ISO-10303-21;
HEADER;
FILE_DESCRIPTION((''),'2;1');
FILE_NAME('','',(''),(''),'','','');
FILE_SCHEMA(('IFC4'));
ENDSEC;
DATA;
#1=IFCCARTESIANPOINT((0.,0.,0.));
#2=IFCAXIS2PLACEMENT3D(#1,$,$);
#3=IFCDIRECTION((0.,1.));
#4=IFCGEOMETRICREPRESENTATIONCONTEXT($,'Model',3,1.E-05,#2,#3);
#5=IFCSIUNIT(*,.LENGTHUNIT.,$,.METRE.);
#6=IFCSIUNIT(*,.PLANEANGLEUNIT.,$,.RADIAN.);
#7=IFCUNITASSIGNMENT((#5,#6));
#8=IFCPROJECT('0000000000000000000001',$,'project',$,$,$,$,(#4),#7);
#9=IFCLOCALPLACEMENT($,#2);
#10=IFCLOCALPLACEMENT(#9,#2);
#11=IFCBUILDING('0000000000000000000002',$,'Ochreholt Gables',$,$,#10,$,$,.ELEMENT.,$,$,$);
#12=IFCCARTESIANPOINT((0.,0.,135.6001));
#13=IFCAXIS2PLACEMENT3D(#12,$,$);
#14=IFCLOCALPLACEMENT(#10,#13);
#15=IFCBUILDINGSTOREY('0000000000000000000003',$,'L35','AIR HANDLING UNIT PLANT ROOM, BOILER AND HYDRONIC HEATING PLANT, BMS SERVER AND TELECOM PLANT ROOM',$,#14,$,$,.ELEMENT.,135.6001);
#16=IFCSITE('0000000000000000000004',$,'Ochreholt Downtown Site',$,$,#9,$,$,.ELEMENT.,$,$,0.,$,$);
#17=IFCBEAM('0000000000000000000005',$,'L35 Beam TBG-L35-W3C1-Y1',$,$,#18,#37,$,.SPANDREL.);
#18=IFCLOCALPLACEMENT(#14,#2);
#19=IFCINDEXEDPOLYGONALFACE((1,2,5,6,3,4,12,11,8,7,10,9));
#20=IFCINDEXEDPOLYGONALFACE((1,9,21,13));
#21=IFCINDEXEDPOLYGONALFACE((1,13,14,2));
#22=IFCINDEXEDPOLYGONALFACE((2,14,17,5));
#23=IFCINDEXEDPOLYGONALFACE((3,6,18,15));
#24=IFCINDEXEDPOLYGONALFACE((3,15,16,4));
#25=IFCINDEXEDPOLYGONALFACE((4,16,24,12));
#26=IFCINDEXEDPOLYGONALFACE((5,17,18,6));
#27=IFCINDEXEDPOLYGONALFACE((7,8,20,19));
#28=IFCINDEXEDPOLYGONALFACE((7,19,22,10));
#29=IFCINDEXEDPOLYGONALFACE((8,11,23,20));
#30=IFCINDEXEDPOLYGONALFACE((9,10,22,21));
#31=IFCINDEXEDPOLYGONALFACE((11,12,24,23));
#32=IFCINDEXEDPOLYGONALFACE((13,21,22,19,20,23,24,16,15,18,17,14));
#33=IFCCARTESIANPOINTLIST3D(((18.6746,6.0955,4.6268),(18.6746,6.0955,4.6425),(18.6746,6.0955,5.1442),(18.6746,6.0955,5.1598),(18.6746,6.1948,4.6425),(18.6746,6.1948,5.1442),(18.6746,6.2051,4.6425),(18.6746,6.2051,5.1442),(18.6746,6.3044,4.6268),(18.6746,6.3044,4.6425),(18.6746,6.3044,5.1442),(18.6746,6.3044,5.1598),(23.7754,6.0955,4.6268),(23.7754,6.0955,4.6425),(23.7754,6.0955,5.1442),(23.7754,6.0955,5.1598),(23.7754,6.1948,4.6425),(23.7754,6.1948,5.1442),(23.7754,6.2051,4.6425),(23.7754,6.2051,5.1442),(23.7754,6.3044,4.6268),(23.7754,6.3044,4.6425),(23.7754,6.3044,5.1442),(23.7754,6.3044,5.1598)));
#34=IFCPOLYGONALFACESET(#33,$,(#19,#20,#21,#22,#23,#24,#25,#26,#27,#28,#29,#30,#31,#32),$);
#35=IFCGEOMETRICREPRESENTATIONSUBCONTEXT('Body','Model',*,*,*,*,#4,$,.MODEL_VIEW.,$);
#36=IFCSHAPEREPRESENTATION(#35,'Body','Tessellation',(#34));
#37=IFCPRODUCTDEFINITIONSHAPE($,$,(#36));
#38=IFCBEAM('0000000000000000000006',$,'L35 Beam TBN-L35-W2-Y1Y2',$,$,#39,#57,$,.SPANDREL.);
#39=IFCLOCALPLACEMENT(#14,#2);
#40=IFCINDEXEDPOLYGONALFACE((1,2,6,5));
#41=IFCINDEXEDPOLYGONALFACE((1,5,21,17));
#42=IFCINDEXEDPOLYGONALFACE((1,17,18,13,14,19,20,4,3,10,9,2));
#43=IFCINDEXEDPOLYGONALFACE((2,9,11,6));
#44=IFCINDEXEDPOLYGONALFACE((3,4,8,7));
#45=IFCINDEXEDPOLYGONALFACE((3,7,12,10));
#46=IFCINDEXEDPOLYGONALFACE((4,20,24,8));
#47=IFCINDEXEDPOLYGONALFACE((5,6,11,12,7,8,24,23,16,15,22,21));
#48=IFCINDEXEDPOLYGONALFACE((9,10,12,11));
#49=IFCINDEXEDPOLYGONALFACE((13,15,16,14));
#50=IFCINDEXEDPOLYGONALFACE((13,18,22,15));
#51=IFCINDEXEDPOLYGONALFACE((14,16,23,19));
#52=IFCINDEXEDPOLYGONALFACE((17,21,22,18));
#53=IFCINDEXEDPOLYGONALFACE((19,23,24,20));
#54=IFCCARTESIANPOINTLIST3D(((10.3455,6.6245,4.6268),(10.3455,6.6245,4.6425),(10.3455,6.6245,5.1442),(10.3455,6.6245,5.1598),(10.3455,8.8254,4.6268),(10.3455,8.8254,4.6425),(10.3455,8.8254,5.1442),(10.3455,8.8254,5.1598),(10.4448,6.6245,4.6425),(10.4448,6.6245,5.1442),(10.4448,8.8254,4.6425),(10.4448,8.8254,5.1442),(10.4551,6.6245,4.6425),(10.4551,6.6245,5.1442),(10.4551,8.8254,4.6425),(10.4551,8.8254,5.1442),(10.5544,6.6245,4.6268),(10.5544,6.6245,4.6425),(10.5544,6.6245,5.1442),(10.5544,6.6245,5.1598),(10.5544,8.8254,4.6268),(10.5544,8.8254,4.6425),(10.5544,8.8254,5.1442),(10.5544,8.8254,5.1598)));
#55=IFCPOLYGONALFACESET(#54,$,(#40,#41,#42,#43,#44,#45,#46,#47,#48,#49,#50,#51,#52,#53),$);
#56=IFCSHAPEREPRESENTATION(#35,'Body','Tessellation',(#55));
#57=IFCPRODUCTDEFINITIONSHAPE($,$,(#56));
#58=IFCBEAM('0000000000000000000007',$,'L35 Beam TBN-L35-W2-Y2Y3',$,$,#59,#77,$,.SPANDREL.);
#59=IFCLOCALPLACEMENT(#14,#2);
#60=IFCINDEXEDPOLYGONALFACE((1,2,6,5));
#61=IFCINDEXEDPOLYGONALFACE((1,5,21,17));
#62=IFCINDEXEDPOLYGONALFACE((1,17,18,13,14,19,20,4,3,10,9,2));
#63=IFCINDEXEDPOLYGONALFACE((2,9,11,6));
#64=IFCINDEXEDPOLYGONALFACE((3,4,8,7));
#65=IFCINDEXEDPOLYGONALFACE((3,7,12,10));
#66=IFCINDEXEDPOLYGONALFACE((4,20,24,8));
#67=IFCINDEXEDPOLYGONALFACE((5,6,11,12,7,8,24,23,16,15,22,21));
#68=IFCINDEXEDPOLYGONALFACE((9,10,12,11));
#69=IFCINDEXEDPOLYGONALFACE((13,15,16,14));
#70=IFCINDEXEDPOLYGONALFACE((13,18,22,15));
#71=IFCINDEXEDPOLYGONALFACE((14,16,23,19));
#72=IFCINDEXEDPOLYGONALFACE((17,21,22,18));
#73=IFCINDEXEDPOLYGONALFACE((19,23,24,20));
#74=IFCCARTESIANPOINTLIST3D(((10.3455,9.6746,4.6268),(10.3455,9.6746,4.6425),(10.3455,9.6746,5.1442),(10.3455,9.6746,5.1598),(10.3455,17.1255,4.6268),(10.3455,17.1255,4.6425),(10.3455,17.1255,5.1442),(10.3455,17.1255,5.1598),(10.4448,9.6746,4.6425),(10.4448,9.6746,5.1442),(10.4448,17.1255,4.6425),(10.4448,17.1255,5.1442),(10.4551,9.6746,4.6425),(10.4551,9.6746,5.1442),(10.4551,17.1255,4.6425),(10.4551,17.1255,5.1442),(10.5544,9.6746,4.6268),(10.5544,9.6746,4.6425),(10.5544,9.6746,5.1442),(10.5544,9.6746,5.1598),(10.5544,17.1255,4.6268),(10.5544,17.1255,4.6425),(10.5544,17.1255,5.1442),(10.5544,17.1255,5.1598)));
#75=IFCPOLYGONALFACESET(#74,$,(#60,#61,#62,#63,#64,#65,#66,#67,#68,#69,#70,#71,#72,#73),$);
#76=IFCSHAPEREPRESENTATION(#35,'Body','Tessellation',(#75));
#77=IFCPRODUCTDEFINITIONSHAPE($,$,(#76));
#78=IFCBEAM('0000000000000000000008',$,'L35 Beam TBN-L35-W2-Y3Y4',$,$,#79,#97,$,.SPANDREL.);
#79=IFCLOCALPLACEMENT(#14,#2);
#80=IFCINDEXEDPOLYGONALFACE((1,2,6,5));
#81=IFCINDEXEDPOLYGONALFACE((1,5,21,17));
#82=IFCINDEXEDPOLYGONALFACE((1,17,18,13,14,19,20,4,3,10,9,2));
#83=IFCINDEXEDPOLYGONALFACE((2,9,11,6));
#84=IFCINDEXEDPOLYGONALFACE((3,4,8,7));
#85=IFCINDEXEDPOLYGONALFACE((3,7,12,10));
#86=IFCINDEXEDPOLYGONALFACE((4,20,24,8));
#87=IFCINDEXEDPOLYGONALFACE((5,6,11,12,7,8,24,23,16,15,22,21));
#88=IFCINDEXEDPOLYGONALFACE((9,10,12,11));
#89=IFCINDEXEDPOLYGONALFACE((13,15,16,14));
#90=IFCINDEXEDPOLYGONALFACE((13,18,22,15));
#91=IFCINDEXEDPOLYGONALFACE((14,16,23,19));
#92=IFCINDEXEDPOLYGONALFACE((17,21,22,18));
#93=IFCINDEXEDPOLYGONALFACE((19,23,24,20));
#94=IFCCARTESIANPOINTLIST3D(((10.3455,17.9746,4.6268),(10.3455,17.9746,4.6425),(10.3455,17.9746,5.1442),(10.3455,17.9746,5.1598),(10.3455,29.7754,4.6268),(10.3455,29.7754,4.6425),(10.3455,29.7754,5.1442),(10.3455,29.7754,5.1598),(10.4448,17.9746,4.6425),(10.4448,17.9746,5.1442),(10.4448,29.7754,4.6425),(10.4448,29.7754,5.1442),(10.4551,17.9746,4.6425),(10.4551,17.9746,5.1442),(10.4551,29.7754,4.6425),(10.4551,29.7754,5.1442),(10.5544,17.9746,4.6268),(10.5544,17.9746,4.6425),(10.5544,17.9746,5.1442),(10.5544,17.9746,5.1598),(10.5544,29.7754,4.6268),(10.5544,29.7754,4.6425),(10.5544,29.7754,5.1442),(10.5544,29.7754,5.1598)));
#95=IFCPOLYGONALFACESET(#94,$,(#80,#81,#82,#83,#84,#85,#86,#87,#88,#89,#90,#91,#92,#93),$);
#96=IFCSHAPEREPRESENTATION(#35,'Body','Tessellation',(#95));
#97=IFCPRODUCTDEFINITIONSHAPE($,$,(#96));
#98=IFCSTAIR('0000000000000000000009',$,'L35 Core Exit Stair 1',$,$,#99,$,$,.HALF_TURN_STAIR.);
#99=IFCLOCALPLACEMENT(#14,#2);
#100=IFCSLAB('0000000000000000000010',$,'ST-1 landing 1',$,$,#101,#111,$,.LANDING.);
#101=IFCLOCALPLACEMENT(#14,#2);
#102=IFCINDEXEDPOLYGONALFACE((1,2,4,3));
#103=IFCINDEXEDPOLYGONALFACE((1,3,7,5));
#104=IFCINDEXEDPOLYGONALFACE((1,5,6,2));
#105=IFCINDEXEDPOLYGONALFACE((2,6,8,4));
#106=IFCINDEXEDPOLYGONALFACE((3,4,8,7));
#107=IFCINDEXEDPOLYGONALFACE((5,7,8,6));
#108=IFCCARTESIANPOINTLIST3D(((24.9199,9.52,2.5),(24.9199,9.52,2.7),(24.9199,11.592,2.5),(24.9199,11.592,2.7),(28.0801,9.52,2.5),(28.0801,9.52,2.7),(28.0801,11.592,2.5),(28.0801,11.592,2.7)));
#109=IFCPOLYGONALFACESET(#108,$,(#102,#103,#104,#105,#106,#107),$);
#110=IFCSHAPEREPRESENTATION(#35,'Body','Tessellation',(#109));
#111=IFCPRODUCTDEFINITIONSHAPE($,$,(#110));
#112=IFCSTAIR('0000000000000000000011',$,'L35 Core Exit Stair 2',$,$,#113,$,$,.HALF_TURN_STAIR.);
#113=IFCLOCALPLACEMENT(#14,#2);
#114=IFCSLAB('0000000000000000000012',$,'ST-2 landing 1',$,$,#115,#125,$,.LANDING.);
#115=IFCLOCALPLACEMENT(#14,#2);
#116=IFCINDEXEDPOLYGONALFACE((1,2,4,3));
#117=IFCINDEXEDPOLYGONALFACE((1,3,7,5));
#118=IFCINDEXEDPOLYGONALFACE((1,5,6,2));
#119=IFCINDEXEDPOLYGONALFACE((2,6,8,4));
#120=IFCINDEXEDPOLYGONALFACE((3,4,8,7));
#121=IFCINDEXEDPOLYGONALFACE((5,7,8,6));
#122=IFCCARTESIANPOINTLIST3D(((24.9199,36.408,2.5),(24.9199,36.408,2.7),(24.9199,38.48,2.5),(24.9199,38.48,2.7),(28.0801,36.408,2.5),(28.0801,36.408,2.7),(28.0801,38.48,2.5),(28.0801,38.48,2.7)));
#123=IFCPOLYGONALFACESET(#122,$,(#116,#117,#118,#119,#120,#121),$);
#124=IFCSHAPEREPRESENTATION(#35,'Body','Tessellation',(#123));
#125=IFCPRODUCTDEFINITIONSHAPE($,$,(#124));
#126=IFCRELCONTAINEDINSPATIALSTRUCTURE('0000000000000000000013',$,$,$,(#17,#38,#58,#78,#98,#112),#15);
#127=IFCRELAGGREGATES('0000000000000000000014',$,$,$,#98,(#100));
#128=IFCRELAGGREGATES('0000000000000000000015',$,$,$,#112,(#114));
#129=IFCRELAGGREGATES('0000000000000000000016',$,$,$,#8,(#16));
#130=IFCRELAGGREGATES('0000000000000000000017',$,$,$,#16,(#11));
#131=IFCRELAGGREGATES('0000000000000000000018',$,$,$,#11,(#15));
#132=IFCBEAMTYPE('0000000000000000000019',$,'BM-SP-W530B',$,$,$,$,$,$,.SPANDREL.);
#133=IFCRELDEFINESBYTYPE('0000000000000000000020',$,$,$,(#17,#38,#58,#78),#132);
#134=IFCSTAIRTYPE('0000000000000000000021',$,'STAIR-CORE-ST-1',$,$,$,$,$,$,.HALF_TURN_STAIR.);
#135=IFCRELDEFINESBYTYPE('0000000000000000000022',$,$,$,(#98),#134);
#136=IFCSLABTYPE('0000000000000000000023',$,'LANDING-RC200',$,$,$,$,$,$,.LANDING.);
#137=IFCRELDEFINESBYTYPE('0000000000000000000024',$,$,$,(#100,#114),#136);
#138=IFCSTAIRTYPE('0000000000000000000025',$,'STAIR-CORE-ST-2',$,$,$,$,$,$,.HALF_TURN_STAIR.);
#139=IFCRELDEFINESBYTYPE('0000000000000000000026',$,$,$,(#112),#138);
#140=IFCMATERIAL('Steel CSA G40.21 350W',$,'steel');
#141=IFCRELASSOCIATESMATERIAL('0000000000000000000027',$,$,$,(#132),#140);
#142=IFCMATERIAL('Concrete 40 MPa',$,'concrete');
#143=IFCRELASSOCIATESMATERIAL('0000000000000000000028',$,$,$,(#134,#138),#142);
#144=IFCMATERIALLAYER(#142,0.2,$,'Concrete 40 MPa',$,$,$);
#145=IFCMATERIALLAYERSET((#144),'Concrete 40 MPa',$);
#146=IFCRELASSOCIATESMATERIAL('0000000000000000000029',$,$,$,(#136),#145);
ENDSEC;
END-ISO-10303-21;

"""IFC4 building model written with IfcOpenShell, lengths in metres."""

from ifc_helpers import new_model, si_unit, direction, frame, origin, origin_2d, place, context, subcontext, project, spatial, polyline, i_section, outline, extrude, material, layer, layer_set, material_profile, profile_set, type_object, element, aggregate, save


model = new_model("IFC4")

# Units and contexts
model_context = context("Model", 3, precision=1e-05, world=origin(), true_north=direction((0.0, 1.0)))
body_context = subcontext(model_context, "Body", "Model", "MODEL_VIEW")
ifc_project = project(units=[si_unit("LENGTHUNIT", "METRE"), si_unit("PLANEANGLEUNIT", "RADIAN")], contexts=[model_context])

# Site, building, storey
site_placement = place(None, origin())
site = spatial("IfcSite", under=ifc_project, at=site_placement, Name="Ochreholt Downtown Site", CompositionType="ELEMENT", RefElevation=0.0)
building_placement = place(site_placement, origin())
building = spatial("IfcBuilding", under=site, at=building_placement, Name="Ochreholt Gables", CompositionType="ELEMENT")
storey_placement = place(building_placement, frame((0.0, 0.0, 135.6001)))
storey = spatial("IfcBuildingStorey", under=building, at=storey_placement, Name="L35", Description="AIR HANDLING UNIT PLANT ROOM, BOILER AND HYDRONIC HEATING PLANT, BMS SERVER AND TELECOM PLANT ROOM", CompositionType="ELEMENT", Elevation=135.6001)

# Beams
ifc_material_1 = material(Name="Steel CSA G40.21 350W", Category="steel")
ifc_material_profile_1 = material_profile(ifc_material_1, i_section(OverallWidth=0.209, OverallDepth=0.533, WebThickness=0.0103, FlangeThickness=0.0156, at=origin_2d()), Name="W530X92")
ifc_profile_set_1 = profile_set([ifc_material_profile_1], Name="Steel CSA G40.21 350W")
beam_type_1 = type_object("IfcBeamType", Name="BM-SP-W530B", PredefinedType="SPANDREL", material=ifc_profile_set_1)
beam_1_placement = place(storey_placement, frame((18.6746, 6.2, 4.8933), z_axis=(1.0, 0.0, 0.0), x_axis=(0.0, 1.0, 0.0)))
element("IfcBeam", 1, at=beam_1_placement, inside=storey, type_object=beam_type_1, Name="L35 Beam TBG-L35-W3C1-Y1", PredefinedType="SPANDREL", context=body_context, shape_type="SweptSolid", body=[
    extrude(i_section(OverallWidth=0.209, OverallDepth=0.533, WebThickness=0.0103, FlangeThickness=0.0156, at=origin_2d()), origin(), (0.0, 0.0, 1.0), 5.1008),
])
beam_2_placement = place(storey_placement, frame((10.45, 6.6245, 4.8933), z_axis=(0.0, 1.0, 0.0), x_axis=(-1.0, 0.0, 0.0)))
element("IfcBeam", 2, at=beam_2_placement, inside=storey, type_object=beam_type_1, Name="L35 Beam TBN-L35-W2-Y1Y2", PredefinedType="SPANDREL", context=body_context, shape_type="SweptSolid", body=[
    extrude(i_section(OverallWidth=0.209, OverallDepth=0.533, WebThickness=0.0103, FlangeThickness=0.0156, at=origin_2d()), origin(), (0.0, 0.0, 1.0), 2.2009),
])
beam_3_placement = place(storey_placement, frame((10.45, 9.6746, 4.8933), z_axis=(0.0, 1.0, 0.0), x_axis=(-1.0, 0.0, 0.0)))
element("IfcBeam", 3, at=beam_3_placement, inside=storey, type_object=beam_type_1, Name="L35 Beam TBN-L35-W2-Y2Y3", PredefinedType="SPANDREL", context=body_context, shape_type="SweptSolid", body=[
    extrude(i_section(OverallWidth=0.209, OverallDepth=0.533, WebThickness=0.0103, FlangeThickness=0.0156, at=origin_2d()), origin(), (0.0, 0.0, 1.0), 7.4509),
])
beam_4_placement = place(storey_placement, frame((10.45, 17.9746, 4.8933), z_axis=(0.0, 1.0, 0.0), x_axis=(-1.0, 0.0, 0.0)))
element("IfcBeam", 4, at=beam_4_placement, inside=storey, type_object=beam_type_1, Name="L35 Beam TBN-L35-W2-Y3Y4", PredefinedType="SPANDREL", context=body_context, shape_type="SweptSolid", body=[
    extrude(i_section(OverallWidth=0.209, OverallDepth=0.533, WebThickness=0.0103, FlangeThickness=0.0156, at=origin_2d()), origin(), (0.0, 0.0, 1.0), 11.8008),
])

# Stairs, slabs
ifc_material_2 = material(Name="Concrete 40 MPa", Category="concrete")
stair_type_1 = type_object("IfcStairType", Name="STAIR-CORE-ST-1", PredefinedType="HALF_TURN_STAIR", material=ifc_material_2)
stair_1_placement = place(storey_placement, origin())
stair_1 = element("IfcStair", 5, at=stair_1_placement, inside=storey, type_object=stair_type_1, Name="L35 Core Exit Stair 1", PredefinedType="HALF_TURN_STAIR")
ifc_layer_1 = layer(ifc_material_2, 0.2, Name="Concrete 40 MPa")
ifc_layer_set_1 = layer_set([ifc_layer_1], Name="Concrete 40 MPa")
slab_type_1 = type_object("IfcSlabType", Name="LANDING-RC200", PredefinedType="LANDING", material=ifc_layer_set_1)
slab_1_placement = place(storey_placement, frame((0.0, 0.0, 2.5)))
slab_1 = element("IfcSlab", 6, at=slab_1_placement, type_object=slab_type_1, Name="ST-1 landing 1", PredefinedType="LANDING", context=body_context, shape_type="SweptSolid", body=[
    extrude(outline(polyline([(24.9199, 11.592), (24.9199, 9.52), (28.0801, 9.52), (28.0801, 11.592), (24.9199, 11.592)])), origin(), (0.0, 0.0, 1.0), 0.2),
])
aggregate(stair_1, [slab_1])
stair_type_2 = type_object("IfcStairType", Name="STAIR-CORE-ST-2", PredefinedType="HALF_TURN_STAIR", material=ifc_material_2)
stair_2_placement = place(storey_placement, origin())
stair_2 = element("IfcStair", 7, at=stair_2_placement, inside=storey, type_object=stair_type_2, Name="L35 Core Exit Stair 2", PredefinedType="HALF_TURN_STAIR")
slab_2_placement = place(storey_placement, frame((0.0, 0.0, 2.5)))
slab_2 = element("IfcSlab", 8, at=slab_2_placement, type_object=slab_type_1, Name="ST-2 landing 1", PredefinedType="LANDING", context=body_context, shape_type="SweptSolid", body=[
    extrude(outline(polyline([(28.0801, 36.408), (28.0801, 38.48), (24.9199, 38.48), (24.9199, 36.408), (28.0801, 36.408)])), origin(), (0.0, 0.0, 1.0), 0.2),
])
aggregate(stair_2, [slab_2])

save(model, "model.ifc")
